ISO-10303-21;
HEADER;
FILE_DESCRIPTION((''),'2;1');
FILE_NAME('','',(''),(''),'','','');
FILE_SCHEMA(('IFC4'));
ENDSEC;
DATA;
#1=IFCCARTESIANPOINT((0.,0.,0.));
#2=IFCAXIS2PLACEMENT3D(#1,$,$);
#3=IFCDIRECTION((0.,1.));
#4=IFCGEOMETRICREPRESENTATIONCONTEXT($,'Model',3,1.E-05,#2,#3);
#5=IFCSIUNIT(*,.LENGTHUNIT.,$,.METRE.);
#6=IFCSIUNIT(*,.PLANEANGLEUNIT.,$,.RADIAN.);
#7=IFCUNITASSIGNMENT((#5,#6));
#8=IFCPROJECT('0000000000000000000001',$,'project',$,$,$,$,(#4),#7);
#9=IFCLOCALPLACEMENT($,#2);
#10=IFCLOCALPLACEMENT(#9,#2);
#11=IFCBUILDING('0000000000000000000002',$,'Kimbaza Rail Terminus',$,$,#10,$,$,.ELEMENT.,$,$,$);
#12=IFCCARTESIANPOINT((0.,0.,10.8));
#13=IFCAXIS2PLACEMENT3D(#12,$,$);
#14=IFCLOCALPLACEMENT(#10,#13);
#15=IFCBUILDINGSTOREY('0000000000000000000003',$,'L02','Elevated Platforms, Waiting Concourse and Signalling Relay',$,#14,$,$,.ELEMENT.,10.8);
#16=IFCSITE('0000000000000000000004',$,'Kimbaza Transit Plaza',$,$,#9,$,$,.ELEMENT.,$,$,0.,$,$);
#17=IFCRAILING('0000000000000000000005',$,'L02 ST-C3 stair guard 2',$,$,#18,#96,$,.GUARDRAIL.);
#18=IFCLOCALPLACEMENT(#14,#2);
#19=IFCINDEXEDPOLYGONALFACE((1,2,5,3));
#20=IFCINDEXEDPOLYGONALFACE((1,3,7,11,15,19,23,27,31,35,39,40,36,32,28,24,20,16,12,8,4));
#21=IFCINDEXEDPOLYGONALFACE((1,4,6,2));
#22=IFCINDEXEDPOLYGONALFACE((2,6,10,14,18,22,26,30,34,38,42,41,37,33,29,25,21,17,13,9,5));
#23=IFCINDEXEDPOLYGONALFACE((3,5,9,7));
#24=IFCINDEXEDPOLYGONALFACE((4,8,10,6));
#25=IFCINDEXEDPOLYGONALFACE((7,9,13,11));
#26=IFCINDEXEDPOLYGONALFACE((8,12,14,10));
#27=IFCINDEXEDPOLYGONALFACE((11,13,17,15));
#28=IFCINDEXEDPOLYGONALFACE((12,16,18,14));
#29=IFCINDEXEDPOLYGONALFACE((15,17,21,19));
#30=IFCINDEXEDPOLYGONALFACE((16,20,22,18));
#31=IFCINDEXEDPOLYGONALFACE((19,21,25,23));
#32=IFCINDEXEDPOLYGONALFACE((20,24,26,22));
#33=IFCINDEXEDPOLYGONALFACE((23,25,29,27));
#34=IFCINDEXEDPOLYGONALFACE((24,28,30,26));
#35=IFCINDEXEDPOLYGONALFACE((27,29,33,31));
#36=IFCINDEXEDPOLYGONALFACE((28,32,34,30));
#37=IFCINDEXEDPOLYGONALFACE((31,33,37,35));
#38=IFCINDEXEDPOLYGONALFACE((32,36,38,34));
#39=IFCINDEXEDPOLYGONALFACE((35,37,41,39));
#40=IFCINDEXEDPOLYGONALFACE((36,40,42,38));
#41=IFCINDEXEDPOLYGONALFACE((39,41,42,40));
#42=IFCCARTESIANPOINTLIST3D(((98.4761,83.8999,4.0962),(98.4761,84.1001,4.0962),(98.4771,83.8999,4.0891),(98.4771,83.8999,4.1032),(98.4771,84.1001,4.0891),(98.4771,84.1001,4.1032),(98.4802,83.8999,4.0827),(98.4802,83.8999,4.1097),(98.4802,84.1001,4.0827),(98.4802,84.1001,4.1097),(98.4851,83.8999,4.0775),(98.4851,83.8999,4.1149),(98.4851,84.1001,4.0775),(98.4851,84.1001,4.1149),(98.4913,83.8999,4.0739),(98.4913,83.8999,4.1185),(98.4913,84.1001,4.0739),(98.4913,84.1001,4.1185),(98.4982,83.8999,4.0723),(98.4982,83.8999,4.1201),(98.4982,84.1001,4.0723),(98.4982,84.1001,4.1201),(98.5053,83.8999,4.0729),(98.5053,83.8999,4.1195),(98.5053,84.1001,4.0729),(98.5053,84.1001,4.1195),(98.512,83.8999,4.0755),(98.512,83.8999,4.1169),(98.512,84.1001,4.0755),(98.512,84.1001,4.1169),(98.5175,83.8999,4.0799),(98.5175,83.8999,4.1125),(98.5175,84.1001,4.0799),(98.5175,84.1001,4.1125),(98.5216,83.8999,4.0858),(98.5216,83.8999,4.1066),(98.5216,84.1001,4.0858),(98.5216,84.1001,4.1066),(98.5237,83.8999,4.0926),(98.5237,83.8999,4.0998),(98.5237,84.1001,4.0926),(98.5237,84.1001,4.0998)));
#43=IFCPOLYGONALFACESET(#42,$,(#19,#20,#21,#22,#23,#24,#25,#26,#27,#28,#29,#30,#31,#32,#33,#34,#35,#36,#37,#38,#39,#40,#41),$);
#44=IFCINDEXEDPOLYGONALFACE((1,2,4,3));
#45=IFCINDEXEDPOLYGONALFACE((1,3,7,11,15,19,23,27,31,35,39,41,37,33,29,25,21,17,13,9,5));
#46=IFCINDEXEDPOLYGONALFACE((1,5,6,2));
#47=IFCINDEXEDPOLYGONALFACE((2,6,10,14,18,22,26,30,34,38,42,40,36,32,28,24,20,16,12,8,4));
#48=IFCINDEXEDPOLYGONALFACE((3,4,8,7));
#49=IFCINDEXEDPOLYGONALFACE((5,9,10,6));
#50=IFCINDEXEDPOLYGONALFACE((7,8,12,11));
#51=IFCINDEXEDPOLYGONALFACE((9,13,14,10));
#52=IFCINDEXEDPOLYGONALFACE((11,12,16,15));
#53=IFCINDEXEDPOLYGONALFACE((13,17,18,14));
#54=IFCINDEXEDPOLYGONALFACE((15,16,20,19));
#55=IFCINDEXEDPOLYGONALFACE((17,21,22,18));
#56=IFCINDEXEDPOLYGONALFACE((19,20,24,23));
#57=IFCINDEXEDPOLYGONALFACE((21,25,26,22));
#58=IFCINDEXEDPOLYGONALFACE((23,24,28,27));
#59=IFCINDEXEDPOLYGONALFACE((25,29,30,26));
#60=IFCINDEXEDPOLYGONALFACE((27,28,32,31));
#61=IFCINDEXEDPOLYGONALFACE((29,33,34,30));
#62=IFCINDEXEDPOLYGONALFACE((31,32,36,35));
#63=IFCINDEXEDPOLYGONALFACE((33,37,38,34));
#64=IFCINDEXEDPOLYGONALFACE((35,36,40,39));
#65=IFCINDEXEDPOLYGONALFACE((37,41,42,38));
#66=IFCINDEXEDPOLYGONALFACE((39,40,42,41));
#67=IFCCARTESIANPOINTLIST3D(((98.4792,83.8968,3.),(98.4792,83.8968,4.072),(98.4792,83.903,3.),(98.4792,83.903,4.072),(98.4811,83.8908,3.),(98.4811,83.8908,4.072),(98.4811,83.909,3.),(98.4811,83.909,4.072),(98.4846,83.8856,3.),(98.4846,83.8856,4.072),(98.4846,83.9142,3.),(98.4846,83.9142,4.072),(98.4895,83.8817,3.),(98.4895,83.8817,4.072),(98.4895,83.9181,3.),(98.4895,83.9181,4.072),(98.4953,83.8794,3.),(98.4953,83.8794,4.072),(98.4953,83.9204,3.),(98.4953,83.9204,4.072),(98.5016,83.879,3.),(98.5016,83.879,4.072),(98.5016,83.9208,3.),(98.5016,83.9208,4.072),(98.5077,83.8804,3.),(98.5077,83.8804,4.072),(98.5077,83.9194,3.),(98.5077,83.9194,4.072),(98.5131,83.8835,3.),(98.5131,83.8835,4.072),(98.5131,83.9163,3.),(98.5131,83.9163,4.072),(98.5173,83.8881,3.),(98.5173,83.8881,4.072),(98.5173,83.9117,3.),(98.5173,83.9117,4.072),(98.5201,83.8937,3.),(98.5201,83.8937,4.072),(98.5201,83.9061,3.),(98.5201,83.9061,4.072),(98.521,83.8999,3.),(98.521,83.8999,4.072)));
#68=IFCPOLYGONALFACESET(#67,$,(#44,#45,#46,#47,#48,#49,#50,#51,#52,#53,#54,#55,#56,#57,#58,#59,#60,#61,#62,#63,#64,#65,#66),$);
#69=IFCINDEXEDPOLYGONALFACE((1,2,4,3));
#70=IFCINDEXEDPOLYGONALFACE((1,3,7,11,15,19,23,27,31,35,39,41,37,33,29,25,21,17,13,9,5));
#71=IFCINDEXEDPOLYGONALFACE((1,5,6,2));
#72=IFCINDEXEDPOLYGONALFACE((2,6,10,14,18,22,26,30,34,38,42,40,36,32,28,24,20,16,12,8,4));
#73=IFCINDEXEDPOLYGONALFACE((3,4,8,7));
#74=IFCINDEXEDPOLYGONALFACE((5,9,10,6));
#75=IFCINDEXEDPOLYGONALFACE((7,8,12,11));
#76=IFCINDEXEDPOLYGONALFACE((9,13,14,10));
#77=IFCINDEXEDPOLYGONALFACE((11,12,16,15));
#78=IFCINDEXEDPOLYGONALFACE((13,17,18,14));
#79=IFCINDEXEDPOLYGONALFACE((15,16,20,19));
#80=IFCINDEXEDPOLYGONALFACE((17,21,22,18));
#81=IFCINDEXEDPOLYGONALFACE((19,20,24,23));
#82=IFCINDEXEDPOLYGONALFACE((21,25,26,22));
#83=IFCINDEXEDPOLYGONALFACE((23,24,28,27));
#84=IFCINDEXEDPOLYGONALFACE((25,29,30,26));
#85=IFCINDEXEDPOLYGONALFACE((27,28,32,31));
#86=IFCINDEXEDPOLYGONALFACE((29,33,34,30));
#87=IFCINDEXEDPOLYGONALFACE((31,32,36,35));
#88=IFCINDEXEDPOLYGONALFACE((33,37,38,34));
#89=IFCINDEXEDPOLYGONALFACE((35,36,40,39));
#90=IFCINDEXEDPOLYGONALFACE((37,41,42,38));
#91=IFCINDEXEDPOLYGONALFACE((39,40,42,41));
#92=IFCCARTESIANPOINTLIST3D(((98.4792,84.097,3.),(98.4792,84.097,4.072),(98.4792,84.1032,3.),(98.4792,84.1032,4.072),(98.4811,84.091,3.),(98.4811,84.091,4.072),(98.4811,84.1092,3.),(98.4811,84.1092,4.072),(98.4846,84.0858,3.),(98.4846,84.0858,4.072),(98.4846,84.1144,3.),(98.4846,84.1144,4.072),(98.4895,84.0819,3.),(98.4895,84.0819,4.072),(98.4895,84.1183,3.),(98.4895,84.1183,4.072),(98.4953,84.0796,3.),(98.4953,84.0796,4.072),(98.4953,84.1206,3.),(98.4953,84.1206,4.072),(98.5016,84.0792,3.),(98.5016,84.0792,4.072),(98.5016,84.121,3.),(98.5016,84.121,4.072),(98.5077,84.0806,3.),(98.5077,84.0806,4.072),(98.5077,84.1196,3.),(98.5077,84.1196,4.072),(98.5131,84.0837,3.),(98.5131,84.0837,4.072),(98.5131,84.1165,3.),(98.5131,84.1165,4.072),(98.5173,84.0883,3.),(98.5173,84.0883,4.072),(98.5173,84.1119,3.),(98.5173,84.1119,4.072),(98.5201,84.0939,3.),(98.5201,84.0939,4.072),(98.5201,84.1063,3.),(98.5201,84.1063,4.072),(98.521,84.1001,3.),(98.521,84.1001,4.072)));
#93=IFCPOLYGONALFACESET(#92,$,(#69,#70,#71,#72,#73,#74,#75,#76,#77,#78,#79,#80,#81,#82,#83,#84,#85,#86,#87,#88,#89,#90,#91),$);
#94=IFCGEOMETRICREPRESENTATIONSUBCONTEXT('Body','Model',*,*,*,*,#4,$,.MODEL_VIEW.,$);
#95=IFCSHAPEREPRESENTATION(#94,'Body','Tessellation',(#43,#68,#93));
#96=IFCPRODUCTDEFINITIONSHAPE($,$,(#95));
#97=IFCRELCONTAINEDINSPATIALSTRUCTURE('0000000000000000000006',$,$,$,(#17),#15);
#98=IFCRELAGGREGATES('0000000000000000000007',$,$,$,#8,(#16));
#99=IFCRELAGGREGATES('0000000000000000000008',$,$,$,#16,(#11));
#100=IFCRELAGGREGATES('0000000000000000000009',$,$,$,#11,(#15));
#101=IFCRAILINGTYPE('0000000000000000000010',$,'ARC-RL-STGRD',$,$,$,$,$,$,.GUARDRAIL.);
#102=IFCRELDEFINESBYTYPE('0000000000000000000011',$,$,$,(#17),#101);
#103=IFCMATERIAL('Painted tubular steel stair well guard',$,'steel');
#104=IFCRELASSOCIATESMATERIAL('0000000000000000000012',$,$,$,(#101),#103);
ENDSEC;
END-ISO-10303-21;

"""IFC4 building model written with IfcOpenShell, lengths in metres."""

from ifc_helpers import new_model, si_unit, direction, frame, origin, origin_2d, place, context, subcontext, project, spatial, circle, extrude, material, type_object, element, save


model = new_model("IFC4")

# Units and contexts
model_context = context("Model", 3, precision=1e-05, world=origin(), true_north=direction((0.0, 1.0)))
body_context = subcontext(model_context, "Body", "Model", "MODEL_VIEW")
ifc_project = project(units=[si_unit("LENGTHUNIT", "METRE"), si_unit("PLANEANGLEUNIT", "RADIAN")], contexts=[model_context])

# Site, building, storey
site_placement = place(None, origin())
site = spatial("IfcSite", under=ifc_project, at=site_placement, Name="Kimbaza Transit Plaza", CompositionType="ELEMENT", RefElevation=0.0)
building_placement = place(site_placement, origin())
building = spatial("IfcBuilding", under=site, at=building_placement, Name="Kimbaza Rail Terminus", CompositionType="ELEMENT")
storey_placement = place(building_placement, frame((0.0, 0.0, 10.8)))
storey = spatial("IfcBuildingStorey", under=building, at=storey_placement, Name="L02", Description="Elevated Platforms, Waiting Concourse and Signalling Relay", CompositionType="ELEMENT", Elevation=10.8)

# Railing
ifc_material_1 = material(Name="Painted tubular steel stair well guard", Category="steel")
railing_type_1 = type_object("IfcRailingType", Name="ARC-RL-STGRD", PredefinedType="GUARDRAIL", material=ifc_material_1)
railing_1_placement = place(storey_placement, frame((98.5, 83.8999, 3.0)))
element("IfcRailing", 1, at=railing_1_placement, inside=storey, type_object=railing_type_1, Name="L02 ST-C3 stair guard 2", PredefinedType="GUARDRAIL", context=body_context, shape_type="SweptSolid", body=[
    extrude(circle(Radius=0.0239, at=origin_2d()), frame((0.0, 0.0, 1.0962), z_axis=(0.0, 1.0, 0.0), x_axis=(-1.0, 0.0, 0.0)), (0.0, 0.0, 1.0), 0.2002),
    extrude(circle(Radius=0.021, at=origin_2d()), origin(), (0.0, 0.0, 1.0), 1.072),
    extrude(circle(Radius=0.021, at=origin_2d()), frame((0.0, 0.2002, 0.0)), (0.0, 0.0, 1.0), 1.072),
])

save(model, "model.ifc")
